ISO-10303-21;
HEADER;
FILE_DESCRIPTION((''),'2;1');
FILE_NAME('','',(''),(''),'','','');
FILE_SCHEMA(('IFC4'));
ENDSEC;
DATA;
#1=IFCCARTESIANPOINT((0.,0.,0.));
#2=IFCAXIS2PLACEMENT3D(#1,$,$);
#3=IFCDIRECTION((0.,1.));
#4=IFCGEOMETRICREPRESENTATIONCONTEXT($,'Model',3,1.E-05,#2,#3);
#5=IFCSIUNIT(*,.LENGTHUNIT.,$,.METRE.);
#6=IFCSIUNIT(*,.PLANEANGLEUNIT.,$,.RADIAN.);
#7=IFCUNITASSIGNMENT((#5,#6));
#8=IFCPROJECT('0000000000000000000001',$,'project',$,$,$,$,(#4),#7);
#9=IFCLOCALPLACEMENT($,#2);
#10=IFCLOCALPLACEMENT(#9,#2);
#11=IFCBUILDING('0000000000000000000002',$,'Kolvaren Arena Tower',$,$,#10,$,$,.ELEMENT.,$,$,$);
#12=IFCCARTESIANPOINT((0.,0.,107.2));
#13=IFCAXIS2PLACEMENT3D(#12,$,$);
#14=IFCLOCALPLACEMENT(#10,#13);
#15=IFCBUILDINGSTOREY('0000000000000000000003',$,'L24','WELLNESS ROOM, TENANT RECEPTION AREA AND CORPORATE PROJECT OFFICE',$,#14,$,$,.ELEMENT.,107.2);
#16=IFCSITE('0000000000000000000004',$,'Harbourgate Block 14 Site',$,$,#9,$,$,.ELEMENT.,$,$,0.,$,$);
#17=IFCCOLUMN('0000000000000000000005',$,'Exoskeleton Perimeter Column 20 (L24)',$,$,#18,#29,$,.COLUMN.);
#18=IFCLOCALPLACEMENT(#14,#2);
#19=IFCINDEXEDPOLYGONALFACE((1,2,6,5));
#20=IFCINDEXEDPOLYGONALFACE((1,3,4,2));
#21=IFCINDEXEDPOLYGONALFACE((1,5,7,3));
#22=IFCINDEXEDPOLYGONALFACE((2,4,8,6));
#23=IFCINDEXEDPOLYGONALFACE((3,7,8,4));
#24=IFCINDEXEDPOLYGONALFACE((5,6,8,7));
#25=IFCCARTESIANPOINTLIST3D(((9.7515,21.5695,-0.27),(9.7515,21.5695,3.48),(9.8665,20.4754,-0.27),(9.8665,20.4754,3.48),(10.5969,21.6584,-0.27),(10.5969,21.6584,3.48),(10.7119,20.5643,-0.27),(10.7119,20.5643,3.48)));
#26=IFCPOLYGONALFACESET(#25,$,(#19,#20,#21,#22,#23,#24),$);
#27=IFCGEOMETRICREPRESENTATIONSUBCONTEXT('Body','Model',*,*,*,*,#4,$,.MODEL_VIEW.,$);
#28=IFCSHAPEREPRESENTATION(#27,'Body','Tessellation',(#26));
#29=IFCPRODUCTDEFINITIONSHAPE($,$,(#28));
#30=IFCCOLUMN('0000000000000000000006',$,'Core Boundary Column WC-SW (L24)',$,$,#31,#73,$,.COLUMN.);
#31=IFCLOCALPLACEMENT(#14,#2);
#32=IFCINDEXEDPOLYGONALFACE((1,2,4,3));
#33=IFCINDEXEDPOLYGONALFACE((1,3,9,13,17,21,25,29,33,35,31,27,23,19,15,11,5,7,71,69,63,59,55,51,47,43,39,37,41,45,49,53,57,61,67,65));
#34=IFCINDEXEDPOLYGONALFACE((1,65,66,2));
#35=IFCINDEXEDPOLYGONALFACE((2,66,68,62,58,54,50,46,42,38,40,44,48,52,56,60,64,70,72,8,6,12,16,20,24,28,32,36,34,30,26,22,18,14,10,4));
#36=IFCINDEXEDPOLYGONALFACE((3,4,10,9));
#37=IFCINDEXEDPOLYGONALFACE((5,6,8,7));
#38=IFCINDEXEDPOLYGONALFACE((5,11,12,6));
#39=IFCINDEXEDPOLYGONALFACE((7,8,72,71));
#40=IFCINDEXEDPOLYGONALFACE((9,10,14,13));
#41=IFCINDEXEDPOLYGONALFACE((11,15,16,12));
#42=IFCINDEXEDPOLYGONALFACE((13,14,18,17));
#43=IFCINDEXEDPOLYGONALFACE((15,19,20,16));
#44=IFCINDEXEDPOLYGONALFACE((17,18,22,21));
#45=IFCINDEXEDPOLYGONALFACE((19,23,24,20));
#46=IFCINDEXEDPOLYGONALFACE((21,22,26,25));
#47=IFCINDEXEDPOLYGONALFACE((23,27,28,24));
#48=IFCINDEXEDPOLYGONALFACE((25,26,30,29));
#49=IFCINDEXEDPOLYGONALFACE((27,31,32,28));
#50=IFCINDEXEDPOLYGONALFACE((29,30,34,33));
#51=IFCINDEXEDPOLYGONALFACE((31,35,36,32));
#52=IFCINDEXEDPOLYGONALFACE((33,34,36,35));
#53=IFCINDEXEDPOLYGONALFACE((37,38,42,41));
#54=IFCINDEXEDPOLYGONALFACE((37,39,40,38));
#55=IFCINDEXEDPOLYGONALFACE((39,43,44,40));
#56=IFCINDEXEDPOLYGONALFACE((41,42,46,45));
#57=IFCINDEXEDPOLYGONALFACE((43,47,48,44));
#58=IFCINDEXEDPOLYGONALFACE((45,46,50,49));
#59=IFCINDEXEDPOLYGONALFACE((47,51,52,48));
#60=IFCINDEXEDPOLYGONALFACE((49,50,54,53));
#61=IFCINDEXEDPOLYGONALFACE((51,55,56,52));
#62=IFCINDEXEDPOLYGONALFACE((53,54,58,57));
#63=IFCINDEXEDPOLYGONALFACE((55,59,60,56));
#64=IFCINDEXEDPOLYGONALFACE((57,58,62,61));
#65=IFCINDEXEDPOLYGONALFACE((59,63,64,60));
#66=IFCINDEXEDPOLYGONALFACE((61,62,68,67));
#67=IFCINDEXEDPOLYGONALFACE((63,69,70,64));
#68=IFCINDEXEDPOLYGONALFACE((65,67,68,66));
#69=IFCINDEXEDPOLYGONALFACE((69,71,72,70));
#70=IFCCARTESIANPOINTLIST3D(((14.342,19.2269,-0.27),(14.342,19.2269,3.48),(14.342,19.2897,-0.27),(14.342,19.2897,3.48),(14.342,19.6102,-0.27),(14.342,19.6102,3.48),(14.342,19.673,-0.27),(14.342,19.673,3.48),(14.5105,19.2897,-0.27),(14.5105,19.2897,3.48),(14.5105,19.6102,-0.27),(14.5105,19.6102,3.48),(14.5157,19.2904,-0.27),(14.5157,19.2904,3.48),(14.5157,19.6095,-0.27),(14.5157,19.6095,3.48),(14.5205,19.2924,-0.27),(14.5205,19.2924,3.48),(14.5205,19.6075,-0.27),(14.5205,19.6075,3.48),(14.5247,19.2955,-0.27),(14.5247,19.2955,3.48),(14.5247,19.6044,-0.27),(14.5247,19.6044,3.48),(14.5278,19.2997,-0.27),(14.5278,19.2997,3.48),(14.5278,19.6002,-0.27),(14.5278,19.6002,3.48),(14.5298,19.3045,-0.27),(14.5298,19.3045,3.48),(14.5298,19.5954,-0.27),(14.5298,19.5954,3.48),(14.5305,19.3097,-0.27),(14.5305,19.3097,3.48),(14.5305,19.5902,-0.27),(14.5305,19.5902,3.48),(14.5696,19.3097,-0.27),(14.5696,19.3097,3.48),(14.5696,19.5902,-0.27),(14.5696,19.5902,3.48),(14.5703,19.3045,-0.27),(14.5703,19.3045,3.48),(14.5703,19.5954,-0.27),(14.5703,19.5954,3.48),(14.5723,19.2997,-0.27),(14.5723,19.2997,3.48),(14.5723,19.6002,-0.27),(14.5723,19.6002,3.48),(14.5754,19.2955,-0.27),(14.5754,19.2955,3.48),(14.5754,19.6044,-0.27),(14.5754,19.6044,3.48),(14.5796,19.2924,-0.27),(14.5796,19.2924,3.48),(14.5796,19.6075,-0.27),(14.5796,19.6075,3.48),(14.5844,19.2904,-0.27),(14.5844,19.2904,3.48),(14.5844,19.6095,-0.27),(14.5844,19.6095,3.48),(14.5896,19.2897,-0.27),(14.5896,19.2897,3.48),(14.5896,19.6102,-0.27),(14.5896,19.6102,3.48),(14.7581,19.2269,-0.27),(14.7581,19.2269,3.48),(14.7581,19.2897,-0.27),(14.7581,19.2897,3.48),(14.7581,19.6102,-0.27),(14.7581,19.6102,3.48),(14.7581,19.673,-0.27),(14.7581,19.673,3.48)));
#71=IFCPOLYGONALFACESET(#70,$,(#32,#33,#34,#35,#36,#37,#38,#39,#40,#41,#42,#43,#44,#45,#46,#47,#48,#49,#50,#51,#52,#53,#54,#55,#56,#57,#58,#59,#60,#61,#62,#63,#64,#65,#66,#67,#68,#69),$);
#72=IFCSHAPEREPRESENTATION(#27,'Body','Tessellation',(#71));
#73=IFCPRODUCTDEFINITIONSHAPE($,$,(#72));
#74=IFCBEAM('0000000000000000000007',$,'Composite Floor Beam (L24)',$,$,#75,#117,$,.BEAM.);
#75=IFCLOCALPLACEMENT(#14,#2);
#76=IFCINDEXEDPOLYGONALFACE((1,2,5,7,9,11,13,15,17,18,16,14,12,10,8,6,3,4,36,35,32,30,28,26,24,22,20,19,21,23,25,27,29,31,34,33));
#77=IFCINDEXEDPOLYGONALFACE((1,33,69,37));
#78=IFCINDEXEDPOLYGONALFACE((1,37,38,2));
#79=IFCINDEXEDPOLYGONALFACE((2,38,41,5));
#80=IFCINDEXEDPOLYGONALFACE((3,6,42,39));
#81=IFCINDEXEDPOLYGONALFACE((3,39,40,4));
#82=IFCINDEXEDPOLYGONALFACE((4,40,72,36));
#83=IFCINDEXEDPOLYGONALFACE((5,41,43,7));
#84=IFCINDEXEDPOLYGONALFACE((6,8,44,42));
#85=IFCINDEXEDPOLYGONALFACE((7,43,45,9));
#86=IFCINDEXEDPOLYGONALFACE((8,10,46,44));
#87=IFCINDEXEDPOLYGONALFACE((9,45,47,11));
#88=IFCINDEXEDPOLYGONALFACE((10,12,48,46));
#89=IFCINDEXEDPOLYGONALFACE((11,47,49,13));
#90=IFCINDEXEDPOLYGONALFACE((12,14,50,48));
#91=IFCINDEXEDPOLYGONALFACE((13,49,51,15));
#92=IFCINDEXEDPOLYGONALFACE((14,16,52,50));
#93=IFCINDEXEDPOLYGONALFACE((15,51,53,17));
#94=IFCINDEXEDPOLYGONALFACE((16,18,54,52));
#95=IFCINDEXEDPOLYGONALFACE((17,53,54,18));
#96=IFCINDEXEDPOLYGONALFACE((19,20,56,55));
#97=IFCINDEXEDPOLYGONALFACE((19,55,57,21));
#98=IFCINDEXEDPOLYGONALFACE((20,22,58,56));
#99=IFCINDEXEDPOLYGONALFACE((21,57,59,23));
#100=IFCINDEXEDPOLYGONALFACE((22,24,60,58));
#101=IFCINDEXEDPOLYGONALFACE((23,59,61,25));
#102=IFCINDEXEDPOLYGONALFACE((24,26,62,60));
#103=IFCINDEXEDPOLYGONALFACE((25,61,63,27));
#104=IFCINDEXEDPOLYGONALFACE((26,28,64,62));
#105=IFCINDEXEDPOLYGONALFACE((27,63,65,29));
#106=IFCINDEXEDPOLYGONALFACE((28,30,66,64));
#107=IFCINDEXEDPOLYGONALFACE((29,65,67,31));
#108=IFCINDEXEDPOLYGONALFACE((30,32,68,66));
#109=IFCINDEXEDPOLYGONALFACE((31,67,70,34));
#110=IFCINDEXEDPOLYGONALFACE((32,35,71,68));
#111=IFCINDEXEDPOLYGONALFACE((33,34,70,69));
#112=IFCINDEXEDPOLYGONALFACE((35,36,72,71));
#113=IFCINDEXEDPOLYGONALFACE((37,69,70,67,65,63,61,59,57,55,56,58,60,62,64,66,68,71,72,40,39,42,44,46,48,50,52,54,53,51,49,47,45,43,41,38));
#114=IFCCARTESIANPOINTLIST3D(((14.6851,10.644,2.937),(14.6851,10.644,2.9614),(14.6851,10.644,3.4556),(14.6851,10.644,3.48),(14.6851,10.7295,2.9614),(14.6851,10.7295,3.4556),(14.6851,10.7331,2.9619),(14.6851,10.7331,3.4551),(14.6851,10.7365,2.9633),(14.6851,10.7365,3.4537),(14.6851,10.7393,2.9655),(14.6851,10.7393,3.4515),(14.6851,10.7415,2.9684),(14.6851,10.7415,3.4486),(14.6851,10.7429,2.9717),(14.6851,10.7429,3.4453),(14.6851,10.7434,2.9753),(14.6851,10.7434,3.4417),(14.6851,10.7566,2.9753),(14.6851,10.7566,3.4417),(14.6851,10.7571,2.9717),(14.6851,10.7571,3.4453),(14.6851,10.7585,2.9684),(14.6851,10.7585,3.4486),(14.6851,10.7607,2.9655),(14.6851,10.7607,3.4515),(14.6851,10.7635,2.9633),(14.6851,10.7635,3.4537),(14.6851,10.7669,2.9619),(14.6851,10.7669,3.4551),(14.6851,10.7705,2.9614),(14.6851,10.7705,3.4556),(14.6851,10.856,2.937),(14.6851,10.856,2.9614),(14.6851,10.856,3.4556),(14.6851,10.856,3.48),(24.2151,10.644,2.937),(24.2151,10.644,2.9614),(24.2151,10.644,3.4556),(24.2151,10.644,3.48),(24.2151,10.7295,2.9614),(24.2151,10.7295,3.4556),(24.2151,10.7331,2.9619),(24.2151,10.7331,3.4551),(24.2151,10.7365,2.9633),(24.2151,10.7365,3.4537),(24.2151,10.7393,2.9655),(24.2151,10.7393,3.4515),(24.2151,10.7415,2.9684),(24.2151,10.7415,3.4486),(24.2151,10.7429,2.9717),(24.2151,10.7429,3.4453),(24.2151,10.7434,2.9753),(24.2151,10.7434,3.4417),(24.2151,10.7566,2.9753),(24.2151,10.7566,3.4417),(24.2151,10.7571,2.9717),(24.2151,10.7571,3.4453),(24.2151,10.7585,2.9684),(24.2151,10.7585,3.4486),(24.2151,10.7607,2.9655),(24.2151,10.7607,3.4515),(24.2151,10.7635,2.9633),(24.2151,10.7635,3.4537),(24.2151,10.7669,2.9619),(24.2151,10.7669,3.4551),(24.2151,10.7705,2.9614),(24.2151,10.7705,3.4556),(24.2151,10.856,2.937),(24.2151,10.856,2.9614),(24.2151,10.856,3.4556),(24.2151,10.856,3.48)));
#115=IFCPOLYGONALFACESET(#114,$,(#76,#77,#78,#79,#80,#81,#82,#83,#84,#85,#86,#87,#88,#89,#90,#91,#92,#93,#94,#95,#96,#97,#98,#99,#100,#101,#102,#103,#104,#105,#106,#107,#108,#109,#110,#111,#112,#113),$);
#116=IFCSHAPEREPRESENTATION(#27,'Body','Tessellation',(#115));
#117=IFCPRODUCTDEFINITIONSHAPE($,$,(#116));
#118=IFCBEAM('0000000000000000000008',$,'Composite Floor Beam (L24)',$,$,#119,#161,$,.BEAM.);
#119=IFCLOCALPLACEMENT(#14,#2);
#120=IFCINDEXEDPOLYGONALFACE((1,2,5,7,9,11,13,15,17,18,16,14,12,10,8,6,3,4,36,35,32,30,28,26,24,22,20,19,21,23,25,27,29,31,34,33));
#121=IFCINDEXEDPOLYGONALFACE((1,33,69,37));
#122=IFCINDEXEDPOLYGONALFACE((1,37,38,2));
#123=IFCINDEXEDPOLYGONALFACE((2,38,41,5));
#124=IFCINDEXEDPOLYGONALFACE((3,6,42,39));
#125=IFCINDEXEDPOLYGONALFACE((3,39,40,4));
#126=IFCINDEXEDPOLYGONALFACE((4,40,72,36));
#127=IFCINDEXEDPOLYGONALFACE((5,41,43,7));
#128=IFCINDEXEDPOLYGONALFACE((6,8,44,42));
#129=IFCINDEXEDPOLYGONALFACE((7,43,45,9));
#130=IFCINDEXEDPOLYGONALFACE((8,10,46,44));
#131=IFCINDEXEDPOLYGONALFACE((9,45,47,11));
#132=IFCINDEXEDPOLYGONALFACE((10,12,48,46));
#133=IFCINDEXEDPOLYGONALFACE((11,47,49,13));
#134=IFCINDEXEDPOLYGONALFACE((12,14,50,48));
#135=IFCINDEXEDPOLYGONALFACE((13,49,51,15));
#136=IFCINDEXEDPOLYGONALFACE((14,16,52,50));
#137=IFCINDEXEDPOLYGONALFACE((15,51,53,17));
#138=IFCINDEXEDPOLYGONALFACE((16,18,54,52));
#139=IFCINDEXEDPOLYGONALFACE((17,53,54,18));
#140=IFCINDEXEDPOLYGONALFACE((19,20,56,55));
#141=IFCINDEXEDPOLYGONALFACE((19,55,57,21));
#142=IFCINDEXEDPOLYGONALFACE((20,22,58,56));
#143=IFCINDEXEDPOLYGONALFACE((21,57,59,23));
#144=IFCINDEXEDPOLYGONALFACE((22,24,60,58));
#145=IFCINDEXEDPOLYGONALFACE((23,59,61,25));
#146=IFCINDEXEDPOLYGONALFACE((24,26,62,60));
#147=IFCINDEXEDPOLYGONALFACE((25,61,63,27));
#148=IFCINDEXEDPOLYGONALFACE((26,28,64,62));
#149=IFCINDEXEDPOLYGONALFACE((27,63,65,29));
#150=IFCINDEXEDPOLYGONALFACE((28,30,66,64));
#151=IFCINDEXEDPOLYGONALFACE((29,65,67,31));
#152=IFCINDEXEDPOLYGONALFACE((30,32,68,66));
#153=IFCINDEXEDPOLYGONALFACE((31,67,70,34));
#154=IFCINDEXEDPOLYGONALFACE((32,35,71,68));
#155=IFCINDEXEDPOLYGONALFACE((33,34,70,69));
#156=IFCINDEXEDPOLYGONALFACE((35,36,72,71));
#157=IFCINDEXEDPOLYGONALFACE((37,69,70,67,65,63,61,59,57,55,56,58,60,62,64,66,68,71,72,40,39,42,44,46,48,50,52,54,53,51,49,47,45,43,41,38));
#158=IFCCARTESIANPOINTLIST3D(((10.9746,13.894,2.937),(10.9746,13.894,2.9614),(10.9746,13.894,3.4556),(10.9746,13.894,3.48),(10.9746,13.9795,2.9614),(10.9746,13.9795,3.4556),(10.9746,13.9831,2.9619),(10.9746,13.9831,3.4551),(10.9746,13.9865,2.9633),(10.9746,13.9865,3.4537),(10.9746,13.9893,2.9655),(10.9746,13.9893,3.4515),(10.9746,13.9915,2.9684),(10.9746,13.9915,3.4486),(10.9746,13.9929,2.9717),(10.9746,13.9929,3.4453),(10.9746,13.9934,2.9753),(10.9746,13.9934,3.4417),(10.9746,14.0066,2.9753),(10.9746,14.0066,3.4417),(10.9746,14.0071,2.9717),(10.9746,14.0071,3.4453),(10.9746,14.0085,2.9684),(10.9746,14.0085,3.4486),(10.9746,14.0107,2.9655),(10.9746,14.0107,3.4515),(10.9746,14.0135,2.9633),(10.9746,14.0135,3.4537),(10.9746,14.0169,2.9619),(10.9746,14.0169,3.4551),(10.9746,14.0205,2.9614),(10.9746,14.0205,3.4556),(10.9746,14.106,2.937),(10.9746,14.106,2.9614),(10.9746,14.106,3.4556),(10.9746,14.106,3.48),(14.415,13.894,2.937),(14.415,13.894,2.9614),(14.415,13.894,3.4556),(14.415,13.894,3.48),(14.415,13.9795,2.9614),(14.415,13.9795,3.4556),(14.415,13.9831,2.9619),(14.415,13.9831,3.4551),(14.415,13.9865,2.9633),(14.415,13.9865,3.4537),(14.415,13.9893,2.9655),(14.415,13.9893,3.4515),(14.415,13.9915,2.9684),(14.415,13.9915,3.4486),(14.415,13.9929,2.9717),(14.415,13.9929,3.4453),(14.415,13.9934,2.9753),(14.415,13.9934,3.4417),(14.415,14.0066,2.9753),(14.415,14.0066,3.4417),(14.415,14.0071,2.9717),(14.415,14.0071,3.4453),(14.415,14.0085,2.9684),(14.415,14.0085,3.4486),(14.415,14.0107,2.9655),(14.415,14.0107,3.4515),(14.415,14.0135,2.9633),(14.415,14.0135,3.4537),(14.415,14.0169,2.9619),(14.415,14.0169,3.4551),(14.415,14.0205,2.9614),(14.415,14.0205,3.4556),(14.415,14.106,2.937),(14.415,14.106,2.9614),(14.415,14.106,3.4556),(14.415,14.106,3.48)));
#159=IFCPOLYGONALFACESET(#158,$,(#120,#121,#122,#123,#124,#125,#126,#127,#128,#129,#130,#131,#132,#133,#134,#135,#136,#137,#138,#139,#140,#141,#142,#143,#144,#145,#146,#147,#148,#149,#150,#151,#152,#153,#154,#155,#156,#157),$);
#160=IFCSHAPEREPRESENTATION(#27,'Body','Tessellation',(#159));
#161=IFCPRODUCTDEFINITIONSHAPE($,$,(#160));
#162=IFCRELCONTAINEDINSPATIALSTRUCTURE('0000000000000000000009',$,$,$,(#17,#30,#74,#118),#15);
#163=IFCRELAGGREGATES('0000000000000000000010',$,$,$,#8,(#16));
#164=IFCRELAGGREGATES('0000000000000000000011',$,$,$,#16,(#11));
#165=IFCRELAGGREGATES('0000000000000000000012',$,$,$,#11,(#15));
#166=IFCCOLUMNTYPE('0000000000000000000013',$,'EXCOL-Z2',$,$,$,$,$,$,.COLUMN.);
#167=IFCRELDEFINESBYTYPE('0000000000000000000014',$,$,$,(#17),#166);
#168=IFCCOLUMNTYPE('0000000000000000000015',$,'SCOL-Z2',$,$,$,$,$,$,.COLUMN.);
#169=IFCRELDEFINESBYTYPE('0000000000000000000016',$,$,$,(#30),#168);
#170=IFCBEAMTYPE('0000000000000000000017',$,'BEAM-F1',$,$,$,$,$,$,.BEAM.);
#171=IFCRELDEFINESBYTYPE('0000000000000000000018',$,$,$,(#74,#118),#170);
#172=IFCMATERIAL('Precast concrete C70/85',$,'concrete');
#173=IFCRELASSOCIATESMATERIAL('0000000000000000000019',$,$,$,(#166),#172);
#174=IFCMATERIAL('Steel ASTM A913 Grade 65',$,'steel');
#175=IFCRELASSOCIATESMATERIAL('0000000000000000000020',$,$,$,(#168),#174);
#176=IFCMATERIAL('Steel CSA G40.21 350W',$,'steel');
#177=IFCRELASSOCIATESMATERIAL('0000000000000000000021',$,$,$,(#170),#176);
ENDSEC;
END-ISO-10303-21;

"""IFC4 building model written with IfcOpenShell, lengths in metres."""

from ifc_helpers import new_model, si_unit, direction, frame, origin, origin_2d, place, context, subcontext, project, spatial, rectangle, i_section, extrude, material, material_profile, profile_set, type_object, element, save


model = new_model("IFC4")

# Units and contexts
model_context = context("Model", 3, precision=1e-05, world=origin(), true_north=direction((0.0, 1.0)))
body_context = subcontext(model_context, "Body", "Model", "MODEL_VIEW")
ifc_project = project(units=[si_unit("LENGTHUNIT", "METRE"), si_unit("PLANEANGLEUNIT", "RADIAN")], contexts=[model_context])

# Site, building, storey
site_placement = place(None, origin())
site = spatial("IfcSite", under=ifc_project, at=site_placement, Name="Harbourgate Block 14 Site", CompositionType="ELEMENT", RefElevation=0.0)
building_placement = place(site_placement, origin())
building = spatial("IfcBuilding", under=site, at=building_placement, Name="Kolvaren Arena Tower", CompositionType="ELEMENT")
storey_placement = place(building_placement, frame((0.0, 0.0, 107.2)))
storey = spatial("IfcBuildingStorey", under=building, at=storey_placement, Name="L24", Description="WELLNESS ROOM, TENANT RECEPTION AREA AND CORPORATE PROJECT OFFICE", CompositionType="ELEMENT", Elevation=107.2)

# Columns
ifc_material_1 = material(Name="Precast concrete C70/85", Category="concrete")
ifc_material_profile_1 = material_profile(ifc_material_1, rectangle(XDim=1.1001, YDim=0.8501, at=origin_2d()), Name="RC-1100x850")
ifc_profile_set_1 = profile_set([ifc_material_profile_1], Name="Precast concrete C70/85")
column_type_1 = type_object("IfcColumnType", Name="EXCOL-Z2", PredefinedType="COLUMN", material=ifc_profile_set_1)
column_1_placement = place(storey_placement, frame((10.2317, 21.0669, -0.27), z_axis=(0.0, 0.0, 1.0), x_axis=(-0.104528, 0.994522, 0.0)))
element("IfcColumn", 1, at=column_1_placement, inside=storey, type_object=column_type_1, Name="Exoskeleton Perimeter Column 20 (L24)", PredefinedType="COLUMN", context=body_context, shape_type="SweptSolid", body=[
    extrude(rectangle(XDim=1.1001, YDim=0.8501, at=origin_2d()), origin(), (0.0, 0.0, 1.0), 3.75),
])
ifc_material_2 = material(Name="Steel ASTM A913 Grade 65", Category="steel")
ifc_material_profile_2 = material_profile(ifc_material_2, i_section(OverallWidth=0.416, OverallDepth=0.446, WebThickness=0.0391, FlangeThickness=0.0627, FilletRadius=0.02, at=origin_2d()), Name="W360x509")
ifc_profile_set_2 = profile_set([ifc_material_profile_2], Name="Steel ASTM A913 Grade 65")
column_type_2 = type_object("IfcColumnType", Name="SCOL-Z2", PredefinedType="COLUMN", material=ifc_profile_set_2)
column_2_placement = place(storey_placement, frame((14.55, 19.45, -0.27), z_axis=(0.0, 0.0, 1.0), x_axis=(1.0, 0.0, 0.0)))
element("IfcColumn", 2, at=column_2_placement, inside=storey, type_object=column_type_2, Name="Core Boundary Column WC-SW (L24)", PredefinedType="COLUMN", context=body_context, shape_type="SweptSolid", body=[
    extrude(i_section(OverallWidth=0.416, OverallDepth=0.446, WebThickness=0.0391, FlangeThickness=0.0627, FilletRadius=0.02, at=origin_2d()), origin(), (0.0, 0.0, 1.0), 3.75),
])

# Beams
ifc_material_3 = material(Name="Steel CSA G40.21 350W", Category="steel")
ifc_material_profile_3 = material_profile(ifc_material_3, i_section(OverallWidth=0.2119, OverallDepth=0.543, WebThickness=0.0132, FlangeThickness=0.0244, FilletRadius=0.0139, at=origin_2d()), Name="W530x150")
ifc_profile_set_3 = profile_set([ifc_material_profile_3], Name="Steel CSA G40.21 350W")
beam_type_1 = type_object("IfcBeamType", Name="BEAM-F1", PredefinedType="BEAM", material=ifc_profile_set_3)
beam_1_placement = place(storey_placement, frame((14.6851, 10.75, 3.2085), z_axis=(1.0, 0.0, 0.0), x_axis=(0.0, 1.0, 0.0)))
element("IfcBeam", 3, at=beam_1_placement, inside=storey, type_object=beam_type_1, Name="Composite Floor Beam (L24)", PredefinedType="BEAM", context=body_context, shape_type="SweptSolid", body=[
    extrude(i_section(OverallWidth=0.2119, OverallDepth=0.543, WebThickness=0.0132, FlangeThickness=0.0244, FilletRadius=0.0139, at=origin_2d()), origin(), (0.0, 0.0, 1.0), 9.53),
])
beam_2_placement = place(storey_placement, frame((10.9746, 14.0, 3.2085), z_axis=(1.0, 0.0, 0.0), x_axis=(0.0, 1.0, 0.0)))
element("IfcBeam", 4, at=beam_2_placement, inside=storey, type_object=beam_type_1, Name="Composite Floor Beam (L24)", PredefinedType="BEAM", context=body_context, shape_type="SweptSolid", body=[
    extrude(i_section(OverallWidth=0.2119, OverallDepth=0.543, WebThickness=0.0132, FlangeThickness=0.0244, FilletRadius=0.0139, at=origin_2d()), origin(), (0.0, 0.0, 1.0), 3.4404),
])

save(model, "model.ifc")
